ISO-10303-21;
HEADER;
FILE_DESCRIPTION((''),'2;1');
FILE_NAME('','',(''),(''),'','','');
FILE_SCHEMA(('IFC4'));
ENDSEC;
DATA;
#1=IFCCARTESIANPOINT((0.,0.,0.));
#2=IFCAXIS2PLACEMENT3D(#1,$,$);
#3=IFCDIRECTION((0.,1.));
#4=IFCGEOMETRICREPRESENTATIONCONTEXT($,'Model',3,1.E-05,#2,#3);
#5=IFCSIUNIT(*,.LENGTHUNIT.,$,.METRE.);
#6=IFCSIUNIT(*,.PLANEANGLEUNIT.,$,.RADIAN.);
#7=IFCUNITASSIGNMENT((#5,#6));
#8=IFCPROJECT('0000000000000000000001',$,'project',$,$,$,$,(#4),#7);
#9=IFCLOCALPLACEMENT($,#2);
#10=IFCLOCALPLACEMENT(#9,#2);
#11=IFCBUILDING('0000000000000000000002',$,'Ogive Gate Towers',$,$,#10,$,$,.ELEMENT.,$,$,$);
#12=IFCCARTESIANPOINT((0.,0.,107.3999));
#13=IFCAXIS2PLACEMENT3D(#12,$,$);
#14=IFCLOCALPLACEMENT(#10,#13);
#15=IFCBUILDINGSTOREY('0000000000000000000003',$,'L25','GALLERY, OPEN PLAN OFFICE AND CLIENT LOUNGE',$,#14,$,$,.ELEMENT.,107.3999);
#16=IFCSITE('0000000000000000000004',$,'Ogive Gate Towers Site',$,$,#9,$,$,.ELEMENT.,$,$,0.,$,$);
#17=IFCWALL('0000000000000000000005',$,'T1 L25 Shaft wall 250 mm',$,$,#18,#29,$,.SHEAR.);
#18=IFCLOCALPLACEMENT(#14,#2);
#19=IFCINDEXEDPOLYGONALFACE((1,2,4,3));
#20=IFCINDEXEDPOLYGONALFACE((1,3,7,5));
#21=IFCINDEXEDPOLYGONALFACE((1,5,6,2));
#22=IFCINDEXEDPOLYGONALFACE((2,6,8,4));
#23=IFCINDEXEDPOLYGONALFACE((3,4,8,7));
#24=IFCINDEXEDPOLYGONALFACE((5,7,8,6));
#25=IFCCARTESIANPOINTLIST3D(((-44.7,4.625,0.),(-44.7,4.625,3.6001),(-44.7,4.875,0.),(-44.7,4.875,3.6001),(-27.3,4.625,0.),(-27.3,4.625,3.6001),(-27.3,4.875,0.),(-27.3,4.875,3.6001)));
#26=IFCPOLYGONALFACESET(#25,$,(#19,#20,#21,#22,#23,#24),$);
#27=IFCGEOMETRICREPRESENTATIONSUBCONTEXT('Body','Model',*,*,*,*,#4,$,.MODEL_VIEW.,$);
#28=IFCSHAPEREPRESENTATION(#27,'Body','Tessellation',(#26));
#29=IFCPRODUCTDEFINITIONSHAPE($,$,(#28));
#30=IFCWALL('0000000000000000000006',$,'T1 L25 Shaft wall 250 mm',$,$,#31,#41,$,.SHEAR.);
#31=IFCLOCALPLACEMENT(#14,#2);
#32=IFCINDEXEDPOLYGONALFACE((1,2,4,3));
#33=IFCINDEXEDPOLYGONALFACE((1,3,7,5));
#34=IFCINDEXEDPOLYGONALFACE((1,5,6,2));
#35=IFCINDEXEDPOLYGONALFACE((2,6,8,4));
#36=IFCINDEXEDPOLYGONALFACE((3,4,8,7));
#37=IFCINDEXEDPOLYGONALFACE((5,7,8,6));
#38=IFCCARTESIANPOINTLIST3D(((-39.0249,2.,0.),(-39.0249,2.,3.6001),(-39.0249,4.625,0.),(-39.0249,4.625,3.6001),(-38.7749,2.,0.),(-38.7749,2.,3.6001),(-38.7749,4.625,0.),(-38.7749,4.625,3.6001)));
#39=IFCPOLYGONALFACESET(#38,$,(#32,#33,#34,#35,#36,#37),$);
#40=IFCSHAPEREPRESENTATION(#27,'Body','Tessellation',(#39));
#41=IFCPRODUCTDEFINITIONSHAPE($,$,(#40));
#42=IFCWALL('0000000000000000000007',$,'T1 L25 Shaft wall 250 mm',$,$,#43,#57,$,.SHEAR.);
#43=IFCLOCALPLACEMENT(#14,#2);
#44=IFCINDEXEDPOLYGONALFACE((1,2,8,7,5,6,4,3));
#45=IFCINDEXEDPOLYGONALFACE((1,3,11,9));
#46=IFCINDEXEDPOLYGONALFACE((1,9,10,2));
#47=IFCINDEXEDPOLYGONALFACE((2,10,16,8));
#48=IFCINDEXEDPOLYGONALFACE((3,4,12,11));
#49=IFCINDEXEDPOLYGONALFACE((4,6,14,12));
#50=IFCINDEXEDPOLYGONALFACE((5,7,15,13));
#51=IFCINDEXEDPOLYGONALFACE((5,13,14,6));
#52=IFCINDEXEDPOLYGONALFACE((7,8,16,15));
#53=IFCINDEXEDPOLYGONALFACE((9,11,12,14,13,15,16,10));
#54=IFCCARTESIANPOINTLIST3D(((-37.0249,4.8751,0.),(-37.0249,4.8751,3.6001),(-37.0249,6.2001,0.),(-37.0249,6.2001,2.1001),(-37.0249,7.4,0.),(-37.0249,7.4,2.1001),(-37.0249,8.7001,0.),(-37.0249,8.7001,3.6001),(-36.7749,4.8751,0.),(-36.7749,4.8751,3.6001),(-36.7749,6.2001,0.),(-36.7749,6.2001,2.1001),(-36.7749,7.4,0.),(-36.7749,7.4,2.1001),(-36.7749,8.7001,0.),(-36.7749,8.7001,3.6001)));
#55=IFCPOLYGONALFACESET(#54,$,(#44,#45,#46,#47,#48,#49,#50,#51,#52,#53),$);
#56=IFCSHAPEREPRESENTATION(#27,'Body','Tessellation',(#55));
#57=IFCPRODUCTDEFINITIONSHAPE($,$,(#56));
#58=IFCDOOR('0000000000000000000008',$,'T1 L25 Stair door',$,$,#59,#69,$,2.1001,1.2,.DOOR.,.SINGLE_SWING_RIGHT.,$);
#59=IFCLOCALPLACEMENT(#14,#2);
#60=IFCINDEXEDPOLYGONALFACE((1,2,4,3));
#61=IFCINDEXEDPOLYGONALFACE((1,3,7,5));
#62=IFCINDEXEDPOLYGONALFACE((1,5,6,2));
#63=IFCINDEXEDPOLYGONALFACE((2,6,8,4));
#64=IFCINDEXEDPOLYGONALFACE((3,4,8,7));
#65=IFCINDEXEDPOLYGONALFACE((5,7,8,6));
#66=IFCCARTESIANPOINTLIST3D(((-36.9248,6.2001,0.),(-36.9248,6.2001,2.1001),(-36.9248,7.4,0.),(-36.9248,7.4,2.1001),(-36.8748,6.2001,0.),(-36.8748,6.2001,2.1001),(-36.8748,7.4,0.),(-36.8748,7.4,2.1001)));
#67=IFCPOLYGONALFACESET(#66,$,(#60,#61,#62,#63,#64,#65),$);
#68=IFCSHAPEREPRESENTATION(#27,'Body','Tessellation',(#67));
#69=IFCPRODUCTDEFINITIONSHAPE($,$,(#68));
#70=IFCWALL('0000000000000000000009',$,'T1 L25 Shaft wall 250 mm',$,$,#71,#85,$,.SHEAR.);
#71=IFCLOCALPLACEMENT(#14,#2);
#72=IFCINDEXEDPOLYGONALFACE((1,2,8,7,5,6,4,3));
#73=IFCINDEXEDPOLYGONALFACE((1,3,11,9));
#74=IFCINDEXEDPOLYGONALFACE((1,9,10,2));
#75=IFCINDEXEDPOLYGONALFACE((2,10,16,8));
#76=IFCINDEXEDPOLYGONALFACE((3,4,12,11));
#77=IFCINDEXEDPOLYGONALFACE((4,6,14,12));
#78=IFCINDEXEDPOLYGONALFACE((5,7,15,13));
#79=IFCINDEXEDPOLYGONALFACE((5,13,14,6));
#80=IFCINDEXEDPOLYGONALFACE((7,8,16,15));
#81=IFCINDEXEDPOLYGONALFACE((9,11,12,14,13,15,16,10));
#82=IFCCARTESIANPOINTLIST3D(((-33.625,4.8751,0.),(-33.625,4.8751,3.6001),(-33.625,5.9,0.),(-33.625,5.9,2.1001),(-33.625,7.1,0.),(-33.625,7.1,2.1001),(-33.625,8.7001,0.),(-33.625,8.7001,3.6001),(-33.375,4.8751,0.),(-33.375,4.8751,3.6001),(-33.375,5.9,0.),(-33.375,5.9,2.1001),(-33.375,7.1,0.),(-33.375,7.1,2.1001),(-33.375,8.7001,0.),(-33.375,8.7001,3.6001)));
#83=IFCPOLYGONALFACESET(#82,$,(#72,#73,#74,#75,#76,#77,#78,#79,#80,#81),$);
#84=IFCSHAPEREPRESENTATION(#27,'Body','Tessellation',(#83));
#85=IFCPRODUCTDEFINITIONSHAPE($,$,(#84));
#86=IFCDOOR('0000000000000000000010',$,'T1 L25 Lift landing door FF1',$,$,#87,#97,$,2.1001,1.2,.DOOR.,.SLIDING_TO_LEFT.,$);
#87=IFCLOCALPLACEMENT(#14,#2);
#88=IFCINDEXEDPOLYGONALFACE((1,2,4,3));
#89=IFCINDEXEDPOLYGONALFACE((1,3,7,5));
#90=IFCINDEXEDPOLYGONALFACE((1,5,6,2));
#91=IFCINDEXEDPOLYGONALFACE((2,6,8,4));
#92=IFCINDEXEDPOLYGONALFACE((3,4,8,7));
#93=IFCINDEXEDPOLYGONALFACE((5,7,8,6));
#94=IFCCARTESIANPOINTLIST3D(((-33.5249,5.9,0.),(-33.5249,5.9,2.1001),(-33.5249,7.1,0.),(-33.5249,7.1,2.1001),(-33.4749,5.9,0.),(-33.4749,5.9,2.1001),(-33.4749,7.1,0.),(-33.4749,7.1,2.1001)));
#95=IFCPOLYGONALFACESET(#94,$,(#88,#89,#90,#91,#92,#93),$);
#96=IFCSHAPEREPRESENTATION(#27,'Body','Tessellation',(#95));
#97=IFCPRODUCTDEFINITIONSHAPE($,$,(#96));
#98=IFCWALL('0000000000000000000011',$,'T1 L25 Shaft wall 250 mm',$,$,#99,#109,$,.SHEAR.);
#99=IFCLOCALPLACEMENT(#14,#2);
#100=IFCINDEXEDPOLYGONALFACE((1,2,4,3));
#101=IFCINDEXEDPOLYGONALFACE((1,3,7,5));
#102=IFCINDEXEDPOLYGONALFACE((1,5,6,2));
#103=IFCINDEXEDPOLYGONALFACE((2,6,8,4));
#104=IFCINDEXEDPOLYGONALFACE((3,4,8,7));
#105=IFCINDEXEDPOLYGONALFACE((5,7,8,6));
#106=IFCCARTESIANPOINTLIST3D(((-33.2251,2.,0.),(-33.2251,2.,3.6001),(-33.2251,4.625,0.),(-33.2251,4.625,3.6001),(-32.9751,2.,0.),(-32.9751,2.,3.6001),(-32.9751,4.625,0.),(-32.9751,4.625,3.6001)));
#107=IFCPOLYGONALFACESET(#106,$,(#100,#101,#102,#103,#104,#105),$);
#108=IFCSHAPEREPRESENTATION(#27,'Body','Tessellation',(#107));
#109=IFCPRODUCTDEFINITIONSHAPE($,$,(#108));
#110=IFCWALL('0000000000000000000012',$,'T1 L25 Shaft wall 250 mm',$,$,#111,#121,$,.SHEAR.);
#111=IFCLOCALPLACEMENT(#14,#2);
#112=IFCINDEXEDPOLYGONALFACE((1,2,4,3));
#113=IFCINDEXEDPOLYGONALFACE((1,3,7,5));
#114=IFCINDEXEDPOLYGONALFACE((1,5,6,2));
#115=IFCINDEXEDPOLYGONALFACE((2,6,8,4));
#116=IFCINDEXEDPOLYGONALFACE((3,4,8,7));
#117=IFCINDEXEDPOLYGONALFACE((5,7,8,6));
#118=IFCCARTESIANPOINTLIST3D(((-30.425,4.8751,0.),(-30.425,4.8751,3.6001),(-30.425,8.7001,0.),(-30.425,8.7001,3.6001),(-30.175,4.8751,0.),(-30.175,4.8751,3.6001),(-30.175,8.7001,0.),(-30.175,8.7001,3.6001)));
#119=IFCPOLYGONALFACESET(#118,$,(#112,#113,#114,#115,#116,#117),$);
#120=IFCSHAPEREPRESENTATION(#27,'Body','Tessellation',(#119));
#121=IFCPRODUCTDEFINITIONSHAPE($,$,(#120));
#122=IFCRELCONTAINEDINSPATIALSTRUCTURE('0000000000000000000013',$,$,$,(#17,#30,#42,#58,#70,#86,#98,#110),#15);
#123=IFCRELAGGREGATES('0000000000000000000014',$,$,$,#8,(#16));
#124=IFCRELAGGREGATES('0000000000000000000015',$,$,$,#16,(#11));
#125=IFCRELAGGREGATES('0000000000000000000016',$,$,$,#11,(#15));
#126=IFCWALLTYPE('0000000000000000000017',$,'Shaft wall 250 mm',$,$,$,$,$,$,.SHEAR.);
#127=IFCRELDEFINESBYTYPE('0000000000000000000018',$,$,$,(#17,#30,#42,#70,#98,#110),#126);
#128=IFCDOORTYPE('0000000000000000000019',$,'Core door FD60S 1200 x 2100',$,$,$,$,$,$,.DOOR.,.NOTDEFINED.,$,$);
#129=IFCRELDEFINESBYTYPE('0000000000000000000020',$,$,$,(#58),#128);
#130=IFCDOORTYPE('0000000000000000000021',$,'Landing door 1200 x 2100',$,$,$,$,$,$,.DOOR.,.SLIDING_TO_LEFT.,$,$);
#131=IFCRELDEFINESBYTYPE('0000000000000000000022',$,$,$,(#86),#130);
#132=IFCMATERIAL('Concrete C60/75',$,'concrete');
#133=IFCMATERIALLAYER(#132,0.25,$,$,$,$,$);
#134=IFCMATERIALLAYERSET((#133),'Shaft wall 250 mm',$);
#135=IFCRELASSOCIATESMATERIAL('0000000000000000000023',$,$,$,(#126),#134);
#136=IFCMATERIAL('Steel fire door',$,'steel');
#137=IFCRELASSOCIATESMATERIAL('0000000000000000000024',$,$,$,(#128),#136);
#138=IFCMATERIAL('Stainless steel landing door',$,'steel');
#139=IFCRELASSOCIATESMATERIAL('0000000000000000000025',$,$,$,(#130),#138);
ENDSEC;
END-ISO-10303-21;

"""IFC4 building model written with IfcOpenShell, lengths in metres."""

from ifc_helpers import new_model, si_unit, direction, frame, frame_2d, origin, place, context, subcontext, project, spatial, rectangle, extrude, material, layer, layer_set, type_object, element, fill, save


model = new_model("IFC4")

# Units and contexts
model_context = context("Model", 3, precision=1e-05, world=origin(), true_north=direction((0.0, 1.0)))
body_context = subcontext(model_context, "Body", "Model", "MODEL_VIEW")
ifc_project = project(units=[si_unit("LENGTHUNIT", "METRE"), si_unit("PLANEANGLEUNIT", "RADIAN")], contexts=[model_context])

# Site, building, storey
site_placement = place(None, origin())
site = spatial("IfcSite", under=ifc_project, at=site_placement, Name="Ogive Gate Towers Site", CompositionType="ELEMENT", RefElevation=0.0)
building_placement = place(site_placement, origin())
building = spatial("IfcBuilding", under=site, at=building_placement, Name="Ogive Gate Towers", CompositionType="ELEMENT")
storey_placement = place(building_placement, frame((0.0, 0.0, 107.3999)))
storey = spatial("IfcBuildingStorey", under=building, at=storey_placement, Name="L25", Description="GALLERY, OPEN PLAN OFFICE AND CLIENT LOUNGE", CompositionType="ELEMENT", Elevation=107.3999)

# Walls
ifc_material_1 = material(Name="Concrete C60/75", Category="concrete")
ifc_layer_1 = layer(ifc_material_1, 0.25)
ifc_layer_set_1 = layer_set([ifc_layer_1], Name="Shaft wall 250 mm")
wall_type_1 = type_object("IfcWallType", Name="Shaft wall 250 mm", PredefinedType="SHEAR", material=ifc_layer_set_1)
wall_1_placement = place(storey_placement, frame((-44.7, 4.75, 0.0), z_axis=(0.0, 0.0, 1.0), x_axis=(1.0, 0.0, 0.0)))
element("IfcWall", 1, at=wall_1_placement, inside=storey, type_object=wall_type_1, Name="T1 L25 Shaft wall 250 mm", PredefinedType="SHEAR", context=body_context, shape_type="SweptSolid", body=[
    extrude(rectangle(XDim=17.3999, YDim=0.25, at=frame_2d((8.7, 0.0))), origin(), (0.0, 0.0, 1.0), 3.6001),
])
wall_2_placement = place(storey_placement, frame((-38.8999, 2.0, 0.0), z_axis=(0.0, 0.0, 1.0), x_axis=(0.0, 1.0, 0.0)))
element("IfcWall", 2, at=wall_2_placement, inside=storey, type_object=wall_type_1, Name="T1 L25 Shaft wall 250 mm", PredefinedType="SHEAR", context=body_context, shape_type="SweptSolid", body=[
    extrude(rectangle(XDim=2.625, YDim=0.25, at=frame_2d((1.3125, 0.0))), origin(), (0.0, 0.0, 1.0), 3.6001),
])

# Walls, openings, doors
wall_3_placement = place(storey_placement, frame((-36.8999, 4.875, 0.0), z_axis=(0.0, 0.0, 1.0), x_axis=(0.0, 1.0, 0.0)))
wall_3 = element("IfcWall", 3, at=wall_3_placement, inside=storey, type_object=wall_type_1, Name="T1 L25 Shaft wall 250 mm", PredefinedType="SHEAR", context=body_context, shape_type="SweptSolid", body=[
    extrude(rectangle(XDim=3.825, YDim=0.25, at=frame_2d((1.9126, 0.0))), origin(), (0.0, 0.0, 1.0), 3.6001),
])
opening_1_placement = place(wall_3_placement, frame((1.325, 0.0, 0.0)))
opening_1 = element("IfcOpeningElement", 4, at=opening_1_placement, cuts=wall_3, PredefinedType="OPENING", context=body_context, shape_type="SweptSolid", body=[
    extrude(rectangle(XDim=1.2, YDim=2.1001, at=frame_2d((0.6001, 1.05))), frame((0.0, 0.135, 0.0), z_axis=(0.0, -1.0, 0.0), x_axis=(1.0, 0.0, 0.0)), (0.0, 0.0, 1.0), 0.27),
])
ifc_material_2 = material(Name="Steel fire door", Category="steel")
door_type_1 = type_object("IfcDoorType", Name="Core door FD60S 1200 x 2100", OperationType="NOTDEFINED", PredefinedType="DOOR", material=ifc_material_2)
door_1_placement = place(opening_1_placement, origin())
door_1 = element("IfcDoor", 5, at=door_1_placement, inside=storey, type_object=door_type_1, Name="T1 L25 Stair door", OperationType="SINGLE_SWING_RIGHT", OverallHeight=2.1001, OverallWidth=1.2, PredefinedType="DOOR", context=body_context, shape_type="SweptSolid", body=[
    extrude(rectangle(XDim=1.2, YDim=2.1001, at=frame_2d((0.6001, 1.05))), frame((0.0, 0.0249, 0.0), z_axis=(0.0, -1.0, 0.0), x_axis=(1.0, 0.0, 0.0)), (0.0, 0.0, 1.0), 0.05),
])
fill(opening_1, door_1)
wall_4_placement = place(storey_placement, frame((-33.5, 4.875, 0.0), z_axis=(0.0, 0.0, 1.0), x_axis=(0.0, 1.0, 0.0)))
wall_4 = element("IfcWall", 6, at=wall_4_placement, inside=storey, type_object=wall_type_1, Name="T1 L25 Shaft wall 250 mm", PredefinedType="SHEAR", context=body_context, shape_type="SweptSolid", body=[
    extrude(rectangle(XDim=3.825, YDim=0.25, at=frame_2d((1.9126, 0.0))), origin(), (0.0, 0.0, 1.0), 3.6001),
])
opening_2_placement = place(wall_4_placement, frame((1.0249, 0.0, 0.0)))
opening_2 = element("IfcOpeningElement", 7, at=opening_2_placement, cuts=wall_4, PredefinedType="OPENING", context=body_context, shape_type="SweptSolid", body=[
    extrude(rectangle(XDim=1.2, YDim=2.1001, at=frame_2d((0.6001, 1.05))), frame((0.0, 0.135, 0.0), z_axis=(0.0, -1.0, 0.0), x_axis=(1.0, 0.0, 0.0)), (0.0, 0.0, 1.0), 0.27),
])
ifc_material_3 = material(Name="Stainless steel landing door", Category="steel")
door_type_2 = type_object("IfcDoorType", Name="Landing door 1200 x 2100", OperationType="SLIDING_TO_LEFT", PredefinedType="DOOR", material=ifc_material_3)
door_2_placement = place(opening_2_placement, origin())
door_2 = element("IfcDoor", 8, at=door_2_placement, inside=storey, type_object=door_type_2, Name="T1 L25 Lift landing door FF1", OperationType="SLIDING_TO_LEFT", OverallHeight=2.1001, OverallWidth=1.2, PredefinedType="DOOR", context=body_context, shape_type="SweptSolid", body=[
    extrude(rectangle(XDim=1.2, YDim=2.1001, at=frame_2d((0.6001, 1.05))), frame((0.0, 0.0249, 0.0), z_axis=(0.0, -1.0, 0.0), x_axis=(1.0, 0.0, 0.0)), (0.0, 0.0, 1.0), 0.05),
])
fill(opening_2, door_2)

# Walls
wall_5_placement = place(storey_placement, frame((-33.1001, 2.0, 0.0), z_axis=(0.0, 0.0, 1.0), x_axis=(0.0, 1.0, 0.0)))
element("IfcWall", 9, at=wall_5_placement, inside=storey, type_object=wall_type_1, Name="T1 L25 Shaft wall 250 mm", PredefinedType="SHEAR", context=body_context, shape_type="SweptSolid", body=[
    extrude(rectangle(XDim=2.625, YDim=0.25, at=frame_2d((1.3125, 0.0))), origin(), (0.0, 0.0, 1.0), 3.6001),
])
wall_6_placement = place(storey_placement, frame((-30.3, 4.875, 0.0), z_axis=(0.0, 0.0, 1.0), x_axis=(0.0, 1.0, 0.0)))
element("IfcWall", 10, at=wall_6_placement, inside=storey, type_object=wall_type_1, Name="T1 L25 Shaft wall 250 mm", PredefinedType="SHEAR", context=body_context, shape_type="SweptSolid", body=[
    extrude(rectangle(XDim=3.825, YDim=0.25, at=frame_2d((1.9126, 0.0))), origin(), (0.0, 0.0, 1.0), 3.6001),
])

save(model, "model.ifc")
